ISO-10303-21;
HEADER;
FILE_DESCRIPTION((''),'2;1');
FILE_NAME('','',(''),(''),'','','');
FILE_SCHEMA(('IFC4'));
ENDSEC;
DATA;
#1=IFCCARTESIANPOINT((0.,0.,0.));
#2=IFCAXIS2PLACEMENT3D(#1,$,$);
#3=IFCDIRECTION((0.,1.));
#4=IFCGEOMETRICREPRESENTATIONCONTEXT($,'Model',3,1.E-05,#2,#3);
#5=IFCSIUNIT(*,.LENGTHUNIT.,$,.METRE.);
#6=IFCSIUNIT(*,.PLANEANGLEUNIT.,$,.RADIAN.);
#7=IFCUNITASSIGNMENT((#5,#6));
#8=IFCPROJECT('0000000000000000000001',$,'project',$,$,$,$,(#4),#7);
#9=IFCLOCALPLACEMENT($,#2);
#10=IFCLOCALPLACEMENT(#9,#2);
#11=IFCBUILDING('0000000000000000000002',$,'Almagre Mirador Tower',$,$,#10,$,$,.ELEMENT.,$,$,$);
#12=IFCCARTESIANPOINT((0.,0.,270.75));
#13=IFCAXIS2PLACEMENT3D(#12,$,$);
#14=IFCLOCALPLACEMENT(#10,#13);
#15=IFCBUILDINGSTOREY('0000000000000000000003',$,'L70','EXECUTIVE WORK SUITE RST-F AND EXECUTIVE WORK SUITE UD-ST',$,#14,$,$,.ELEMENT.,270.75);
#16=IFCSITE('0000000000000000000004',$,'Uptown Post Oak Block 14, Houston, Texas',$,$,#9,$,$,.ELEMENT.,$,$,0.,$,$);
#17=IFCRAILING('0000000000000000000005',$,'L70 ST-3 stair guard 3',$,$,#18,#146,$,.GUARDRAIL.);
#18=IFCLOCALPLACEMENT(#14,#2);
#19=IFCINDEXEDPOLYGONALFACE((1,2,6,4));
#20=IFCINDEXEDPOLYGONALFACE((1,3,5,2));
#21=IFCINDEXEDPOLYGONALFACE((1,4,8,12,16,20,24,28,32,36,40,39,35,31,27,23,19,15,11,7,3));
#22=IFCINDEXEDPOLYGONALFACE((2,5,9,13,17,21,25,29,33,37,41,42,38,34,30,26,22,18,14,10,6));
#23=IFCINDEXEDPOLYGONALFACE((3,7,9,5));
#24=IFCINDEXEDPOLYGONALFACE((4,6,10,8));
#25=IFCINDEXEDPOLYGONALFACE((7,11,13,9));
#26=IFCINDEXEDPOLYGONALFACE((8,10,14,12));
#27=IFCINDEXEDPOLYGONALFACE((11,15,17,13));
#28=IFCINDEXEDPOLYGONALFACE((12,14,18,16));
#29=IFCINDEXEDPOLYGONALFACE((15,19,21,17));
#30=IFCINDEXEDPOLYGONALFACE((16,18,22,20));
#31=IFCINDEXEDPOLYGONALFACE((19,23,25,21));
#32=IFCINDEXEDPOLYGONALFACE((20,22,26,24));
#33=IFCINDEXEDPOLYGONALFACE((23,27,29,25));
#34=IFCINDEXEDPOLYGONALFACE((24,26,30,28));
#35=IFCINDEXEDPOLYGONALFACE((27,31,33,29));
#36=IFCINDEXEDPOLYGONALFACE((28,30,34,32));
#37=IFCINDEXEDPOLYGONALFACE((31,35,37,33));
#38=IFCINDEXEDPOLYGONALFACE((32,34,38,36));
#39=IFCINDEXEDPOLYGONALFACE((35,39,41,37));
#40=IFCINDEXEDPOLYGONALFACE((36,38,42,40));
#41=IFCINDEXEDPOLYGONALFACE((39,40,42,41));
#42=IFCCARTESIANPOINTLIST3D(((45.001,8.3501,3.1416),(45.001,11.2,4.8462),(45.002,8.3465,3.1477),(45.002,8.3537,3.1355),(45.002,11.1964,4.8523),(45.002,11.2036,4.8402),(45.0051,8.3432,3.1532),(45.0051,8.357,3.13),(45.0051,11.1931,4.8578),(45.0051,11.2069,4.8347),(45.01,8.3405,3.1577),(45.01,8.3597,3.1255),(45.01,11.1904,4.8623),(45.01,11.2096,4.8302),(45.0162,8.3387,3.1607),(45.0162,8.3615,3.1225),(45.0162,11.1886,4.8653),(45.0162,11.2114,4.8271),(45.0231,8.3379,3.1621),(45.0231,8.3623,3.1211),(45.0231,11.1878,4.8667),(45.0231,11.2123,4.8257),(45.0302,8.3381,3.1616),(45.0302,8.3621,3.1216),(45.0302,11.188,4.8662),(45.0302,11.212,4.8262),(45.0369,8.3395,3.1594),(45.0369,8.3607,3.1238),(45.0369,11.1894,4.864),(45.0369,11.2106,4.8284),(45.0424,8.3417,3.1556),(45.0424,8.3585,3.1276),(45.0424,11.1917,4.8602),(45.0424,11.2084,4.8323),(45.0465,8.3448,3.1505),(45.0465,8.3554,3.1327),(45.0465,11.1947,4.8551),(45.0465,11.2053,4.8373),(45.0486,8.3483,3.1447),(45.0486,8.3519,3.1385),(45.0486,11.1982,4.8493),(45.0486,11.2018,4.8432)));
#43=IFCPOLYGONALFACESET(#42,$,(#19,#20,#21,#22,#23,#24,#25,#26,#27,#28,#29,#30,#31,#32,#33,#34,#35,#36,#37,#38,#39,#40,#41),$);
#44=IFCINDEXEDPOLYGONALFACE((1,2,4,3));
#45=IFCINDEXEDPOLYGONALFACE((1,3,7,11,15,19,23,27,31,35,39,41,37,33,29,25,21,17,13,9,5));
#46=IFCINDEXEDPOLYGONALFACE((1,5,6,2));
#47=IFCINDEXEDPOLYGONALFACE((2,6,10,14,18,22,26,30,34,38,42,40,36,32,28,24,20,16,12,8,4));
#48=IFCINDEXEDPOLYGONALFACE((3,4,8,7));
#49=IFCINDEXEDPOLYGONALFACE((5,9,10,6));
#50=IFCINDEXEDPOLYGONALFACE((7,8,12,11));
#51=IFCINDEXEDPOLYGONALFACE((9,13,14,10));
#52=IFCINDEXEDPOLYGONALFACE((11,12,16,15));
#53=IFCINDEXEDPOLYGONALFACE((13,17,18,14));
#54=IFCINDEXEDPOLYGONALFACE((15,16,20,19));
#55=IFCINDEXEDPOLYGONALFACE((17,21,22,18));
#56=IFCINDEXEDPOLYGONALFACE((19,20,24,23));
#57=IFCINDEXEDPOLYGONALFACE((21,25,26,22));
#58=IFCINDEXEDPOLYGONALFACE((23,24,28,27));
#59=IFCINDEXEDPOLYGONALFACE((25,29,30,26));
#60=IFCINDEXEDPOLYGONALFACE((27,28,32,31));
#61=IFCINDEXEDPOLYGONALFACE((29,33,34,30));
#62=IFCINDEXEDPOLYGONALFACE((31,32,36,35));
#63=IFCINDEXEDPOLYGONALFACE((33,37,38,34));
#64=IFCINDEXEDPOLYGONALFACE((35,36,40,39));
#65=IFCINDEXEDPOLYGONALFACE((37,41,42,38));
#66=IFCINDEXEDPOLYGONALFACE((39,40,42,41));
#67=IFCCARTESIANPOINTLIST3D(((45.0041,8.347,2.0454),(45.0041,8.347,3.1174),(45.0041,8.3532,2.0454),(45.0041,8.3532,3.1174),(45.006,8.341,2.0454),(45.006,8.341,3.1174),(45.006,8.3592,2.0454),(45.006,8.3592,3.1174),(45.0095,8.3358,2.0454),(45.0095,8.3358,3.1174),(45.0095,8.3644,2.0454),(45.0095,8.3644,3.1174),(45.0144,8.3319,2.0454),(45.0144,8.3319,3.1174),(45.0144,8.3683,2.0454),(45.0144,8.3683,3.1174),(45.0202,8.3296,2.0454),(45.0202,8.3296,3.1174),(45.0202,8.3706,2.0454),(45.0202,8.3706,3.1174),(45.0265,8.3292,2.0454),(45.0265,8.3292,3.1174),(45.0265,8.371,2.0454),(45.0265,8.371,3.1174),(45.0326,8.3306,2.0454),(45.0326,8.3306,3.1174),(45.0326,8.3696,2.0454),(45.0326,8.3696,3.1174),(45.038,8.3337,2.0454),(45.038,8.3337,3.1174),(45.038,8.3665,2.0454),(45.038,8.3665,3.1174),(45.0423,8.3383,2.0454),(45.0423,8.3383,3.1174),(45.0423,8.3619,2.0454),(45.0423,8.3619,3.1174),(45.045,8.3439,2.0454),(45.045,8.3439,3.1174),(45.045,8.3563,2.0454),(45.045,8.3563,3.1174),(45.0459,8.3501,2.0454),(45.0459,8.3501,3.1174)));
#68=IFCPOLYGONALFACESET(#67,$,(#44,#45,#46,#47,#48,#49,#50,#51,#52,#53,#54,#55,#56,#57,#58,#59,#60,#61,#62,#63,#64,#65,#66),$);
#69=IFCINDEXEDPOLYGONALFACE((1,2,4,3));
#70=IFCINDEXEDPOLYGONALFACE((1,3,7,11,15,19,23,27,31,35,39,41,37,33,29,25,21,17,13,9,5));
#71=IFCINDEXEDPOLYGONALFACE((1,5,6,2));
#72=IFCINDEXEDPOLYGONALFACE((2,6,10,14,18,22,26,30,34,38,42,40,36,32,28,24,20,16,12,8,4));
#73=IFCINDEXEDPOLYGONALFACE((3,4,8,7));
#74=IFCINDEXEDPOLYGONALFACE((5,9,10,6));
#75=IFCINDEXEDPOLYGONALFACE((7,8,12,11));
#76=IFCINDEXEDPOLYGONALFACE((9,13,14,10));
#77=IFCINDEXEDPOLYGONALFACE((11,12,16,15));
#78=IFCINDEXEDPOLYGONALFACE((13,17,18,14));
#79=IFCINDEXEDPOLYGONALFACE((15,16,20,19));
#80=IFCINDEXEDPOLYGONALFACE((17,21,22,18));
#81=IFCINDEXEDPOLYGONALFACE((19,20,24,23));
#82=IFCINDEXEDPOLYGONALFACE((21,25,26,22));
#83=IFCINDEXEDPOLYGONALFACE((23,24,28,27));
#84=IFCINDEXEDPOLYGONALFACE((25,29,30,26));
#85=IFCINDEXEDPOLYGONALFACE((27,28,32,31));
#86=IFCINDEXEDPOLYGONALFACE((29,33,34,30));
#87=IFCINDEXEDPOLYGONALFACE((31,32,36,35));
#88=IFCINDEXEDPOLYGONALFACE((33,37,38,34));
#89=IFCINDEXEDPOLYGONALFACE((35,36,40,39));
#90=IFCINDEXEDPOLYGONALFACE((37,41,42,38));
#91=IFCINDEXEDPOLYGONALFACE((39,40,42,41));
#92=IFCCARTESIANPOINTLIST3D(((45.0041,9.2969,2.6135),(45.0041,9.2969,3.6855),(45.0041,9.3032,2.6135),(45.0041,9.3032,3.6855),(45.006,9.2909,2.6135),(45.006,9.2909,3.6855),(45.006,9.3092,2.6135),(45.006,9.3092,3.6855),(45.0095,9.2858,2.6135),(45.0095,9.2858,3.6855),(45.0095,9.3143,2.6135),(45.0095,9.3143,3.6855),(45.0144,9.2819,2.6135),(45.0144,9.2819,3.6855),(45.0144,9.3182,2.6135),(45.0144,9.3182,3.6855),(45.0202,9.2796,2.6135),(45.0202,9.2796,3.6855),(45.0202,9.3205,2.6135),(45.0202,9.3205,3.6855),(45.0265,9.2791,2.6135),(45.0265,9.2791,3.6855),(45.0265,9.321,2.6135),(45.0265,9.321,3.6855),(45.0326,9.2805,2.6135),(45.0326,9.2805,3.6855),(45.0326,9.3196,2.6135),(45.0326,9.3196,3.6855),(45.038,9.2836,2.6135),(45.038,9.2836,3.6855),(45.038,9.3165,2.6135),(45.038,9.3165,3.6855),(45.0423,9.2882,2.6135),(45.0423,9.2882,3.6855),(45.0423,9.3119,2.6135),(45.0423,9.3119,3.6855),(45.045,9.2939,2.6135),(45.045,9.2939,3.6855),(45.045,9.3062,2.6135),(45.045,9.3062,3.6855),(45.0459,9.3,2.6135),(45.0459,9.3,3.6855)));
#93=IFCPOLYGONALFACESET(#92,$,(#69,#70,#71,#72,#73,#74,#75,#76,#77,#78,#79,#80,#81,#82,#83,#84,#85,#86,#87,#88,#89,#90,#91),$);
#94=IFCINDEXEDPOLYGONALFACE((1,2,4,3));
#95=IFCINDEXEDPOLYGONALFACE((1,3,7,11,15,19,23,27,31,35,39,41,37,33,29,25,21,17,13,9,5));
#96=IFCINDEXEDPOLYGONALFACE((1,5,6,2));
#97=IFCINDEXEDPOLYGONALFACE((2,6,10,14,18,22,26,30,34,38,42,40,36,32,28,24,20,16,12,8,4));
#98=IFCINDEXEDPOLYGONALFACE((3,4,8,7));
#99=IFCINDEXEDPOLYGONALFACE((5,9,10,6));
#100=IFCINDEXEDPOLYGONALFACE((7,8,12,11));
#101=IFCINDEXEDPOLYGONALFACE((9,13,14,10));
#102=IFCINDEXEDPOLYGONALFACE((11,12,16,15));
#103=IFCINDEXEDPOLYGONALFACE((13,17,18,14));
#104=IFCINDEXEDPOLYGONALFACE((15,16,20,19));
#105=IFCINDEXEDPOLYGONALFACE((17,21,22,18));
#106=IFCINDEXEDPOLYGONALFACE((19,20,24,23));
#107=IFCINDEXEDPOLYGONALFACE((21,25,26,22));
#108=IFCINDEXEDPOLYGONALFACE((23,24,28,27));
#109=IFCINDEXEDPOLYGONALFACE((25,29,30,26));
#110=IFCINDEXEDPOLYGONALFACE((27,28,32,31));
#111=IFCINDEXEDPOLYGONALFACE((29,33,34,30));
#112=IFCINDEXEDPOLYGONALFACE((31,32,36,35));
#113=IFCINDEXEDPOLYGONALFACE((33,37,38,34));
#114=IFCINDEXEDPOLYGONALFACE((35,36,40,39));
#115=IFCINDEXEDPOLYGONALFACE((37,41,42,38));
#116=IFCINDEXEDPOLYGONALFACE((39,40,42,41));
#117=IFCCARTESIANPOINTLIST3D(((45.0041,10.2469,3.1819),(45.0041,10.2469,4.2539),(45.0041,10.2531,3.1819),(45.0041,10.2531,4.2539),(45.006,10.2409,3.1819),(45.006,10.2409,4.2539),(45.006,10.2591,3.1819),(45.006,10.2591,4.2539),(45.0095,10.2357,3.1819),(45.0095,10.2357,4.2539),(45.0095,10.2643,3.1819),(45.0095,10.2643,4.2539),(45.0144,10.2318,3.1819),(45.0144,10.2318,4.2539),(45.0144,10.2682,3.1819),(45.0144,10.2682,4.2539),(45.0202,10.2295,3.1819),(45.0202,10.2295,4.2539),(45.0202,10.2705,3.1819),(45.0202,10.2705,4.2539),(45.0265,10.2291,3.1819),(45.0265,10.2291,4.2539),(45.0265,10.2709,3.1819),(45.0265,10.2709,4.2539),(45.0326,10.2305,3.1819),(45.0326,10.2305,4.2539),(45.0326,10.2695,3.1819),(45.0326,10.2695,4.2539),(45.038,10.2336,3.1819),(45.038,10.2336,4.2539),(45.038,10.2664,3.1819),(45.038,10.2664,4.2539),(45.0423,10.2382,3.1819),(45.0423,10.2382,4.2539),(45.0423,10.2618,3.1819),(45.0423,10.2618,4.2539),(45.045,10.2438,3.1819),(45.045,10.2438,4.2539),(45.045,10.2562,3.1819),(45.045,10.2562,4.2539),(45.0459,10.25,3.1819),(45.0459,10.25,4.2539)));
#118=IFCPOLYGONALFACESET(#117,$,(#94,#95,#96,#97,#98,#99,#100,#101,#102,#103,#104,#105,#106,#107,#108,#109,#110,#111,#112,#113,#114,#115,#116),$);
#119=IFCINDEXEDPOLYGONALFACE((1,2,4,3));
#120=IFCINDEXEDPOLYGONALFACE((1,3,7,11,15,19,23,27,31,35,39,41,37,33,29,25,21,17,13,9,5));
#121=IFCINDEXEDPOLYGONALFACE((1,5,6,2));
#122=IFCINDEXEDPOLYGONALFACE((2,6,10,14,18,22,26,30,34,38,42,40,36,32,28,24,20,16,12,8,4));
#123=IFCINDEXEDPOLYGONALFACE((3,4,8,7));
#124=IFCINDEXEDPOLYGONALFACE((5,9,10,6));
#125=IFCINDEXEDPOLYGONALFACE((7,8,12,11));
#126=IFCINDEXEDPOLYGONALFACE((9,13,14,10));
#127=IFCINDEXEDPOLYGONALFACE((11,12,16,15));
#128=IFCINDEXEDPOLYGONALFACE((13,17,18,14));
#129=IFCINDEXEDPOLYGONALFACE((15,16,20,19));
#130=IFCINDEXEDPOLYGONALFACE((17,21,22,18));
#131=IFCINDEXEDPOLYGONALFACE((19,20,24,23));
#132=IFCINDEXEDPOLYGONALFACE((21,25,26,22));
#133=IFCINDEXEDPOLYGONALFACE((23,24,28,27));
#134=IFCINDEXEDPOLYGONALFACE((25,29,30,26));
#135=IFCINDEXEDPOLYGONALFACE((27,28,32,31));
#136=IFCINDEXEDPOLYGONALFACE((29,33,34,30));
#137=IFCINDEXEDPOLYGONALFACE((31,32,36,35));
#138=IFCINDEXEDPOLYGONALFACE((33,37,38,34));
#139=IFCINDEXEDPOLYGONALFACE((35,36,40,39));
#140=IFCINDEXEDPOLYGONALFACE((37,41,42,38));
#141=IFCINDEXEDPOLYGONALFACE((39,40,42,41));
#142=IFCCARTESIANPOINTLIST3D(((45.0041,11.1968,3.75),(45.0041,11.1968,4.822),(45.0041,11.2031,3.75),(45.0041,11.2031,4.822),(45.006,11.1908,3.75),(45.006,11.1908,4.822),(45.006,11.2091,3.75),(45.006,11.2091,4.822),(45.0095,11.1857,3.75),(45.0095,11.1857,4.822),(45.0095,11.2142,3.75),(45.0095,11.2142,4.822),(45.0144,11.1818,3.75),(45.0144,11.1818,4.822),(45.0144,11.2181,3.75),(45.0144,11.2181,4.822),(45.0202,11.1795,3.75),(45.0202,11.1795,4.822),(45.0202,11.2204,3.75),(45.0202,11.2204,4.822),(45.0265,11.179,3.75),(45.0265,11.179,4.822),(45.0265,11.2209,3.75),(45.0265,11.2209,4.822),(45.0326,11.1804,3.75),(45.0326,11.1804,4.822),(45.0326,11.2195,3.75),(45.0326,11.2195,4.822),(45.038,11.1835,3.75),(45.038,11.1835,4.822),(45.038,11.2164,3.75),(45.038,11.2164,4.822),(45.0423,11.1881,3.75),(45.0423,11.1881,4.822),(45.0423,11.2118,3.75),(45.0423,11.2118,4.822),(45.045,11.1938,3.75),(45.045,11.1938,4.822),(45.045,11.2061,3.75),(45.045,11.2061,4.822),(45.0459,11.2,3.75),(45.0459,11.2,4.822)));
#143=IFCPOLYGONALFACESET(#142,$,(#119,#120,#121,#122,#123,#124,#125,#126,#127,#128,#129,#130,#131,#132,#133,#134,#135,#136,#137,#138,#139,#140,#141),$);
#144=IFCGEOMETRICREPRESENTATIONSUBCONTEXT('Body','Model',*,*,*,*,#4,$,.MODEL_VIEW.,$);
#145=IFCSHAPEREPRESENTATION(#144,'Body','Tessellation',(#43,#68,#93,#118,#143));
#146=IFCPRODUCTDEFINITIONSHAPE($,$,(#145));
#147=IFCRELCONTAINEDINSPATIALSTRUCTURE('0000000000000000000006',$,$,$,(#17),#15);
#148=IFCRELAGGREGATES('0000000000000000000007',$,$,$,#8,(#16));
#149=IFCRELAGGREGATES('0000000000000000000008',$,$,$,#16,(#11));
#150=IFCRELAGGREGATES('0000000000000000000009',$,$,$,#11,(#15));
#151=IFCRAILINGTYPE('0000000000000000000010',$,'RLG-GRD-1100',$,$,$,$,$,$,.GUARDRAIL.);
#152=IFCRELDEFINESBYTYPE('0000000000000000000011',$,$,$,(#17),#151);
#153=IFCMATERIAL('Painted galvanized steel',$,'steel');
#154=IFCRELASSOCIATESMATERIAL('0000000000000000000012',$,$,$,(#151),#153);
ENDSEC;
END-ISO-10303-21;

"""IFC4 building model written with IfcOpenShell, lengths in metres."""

from ifc_helpers import new_model, si_unit, direction, frame, origin, origin_2d, place, context, subcontext, project, spatial, circle, extrude, material, type_object, element, save


model = new_model("IFC4")

# Units and contexts
model_context = context("Model", 3, precision=1e-05, world=origin(), true_north=direction((0.0, 1.0)))
body_context = subcontext(model_context, "Body", "Model", "MODEL_VIEW")
ifc_project = project(units=[si_unit("LENGTHUNIT", "METRE"), si_unit("PLANEANGLEUNIT", "RADIAN")], contexts=[model_context])

# Site, building, storey
site_placement = place(None, origin())
site = spatial("IfcSite", under=ifc_project, at=site_placement, Name="Uptown Post Oak Block 14, Houston, Texas", CompositionType="ELEMENT", RefElevation=0.0)
building_placement = place(site_placement, origin())
building = spatial("IfcBuilding", under=site, at=building_placement, Name="Almagre Mirador Tower", CompositionType="ELEMENT")
storey_placement = place(building_placement, frame((0.0, 0.0, 270.75)))
storey = spatial("IfcBuildingStorey", under=building, at=storey_placement, Name="L70", Description="EXECUTIVE WORK SUITE RST-F AND EXECUTIVE WORK SUITE UD-ST", CompositionType="ELEMENT", Elevation=270.75)

# Railing
ifc_material_1 = material(Name="Painted galvanized steel", Category="steel")
railing_type_1 = type_object("IfcRailingType", Name="RLG-GRD-1100", PredefinedType="GUARDRAIL", material=ifc_material_1)
railing_1_placement = place(storey_placement, frame((45.0249, 8.3501, 2.0454)))
element("IfcRailing", 1, at=railing_1_placement, inside=storey, type_object=railing_type_1, Name="L70 ST-3 stair guard 3", PredefinedType="GUARDRAIL", context=body_context, shape_type="SweptSolid", body=[
    extrude(circle(Radius=0.0239, at=origin_2d()), frame((0.0, 0.0, 1.0962), z_axis=(0.0, 0.858199, 0.513317), x_axis=(-1.0, 0.0, 0.0)), (0.0, 0.0, 1.0), 3.3208),
    extrude(circle(Radius=0.021, at=origin_2d()), origin(), (0.0, 0.0, 1.0), 1.072),
    extrude(circle(Radius=0.021, at=origin_2d()), frame((0.0, 0.95, 0.5681)), (0.0, 0.0, 1.0), 1.072),
    extrude(circle(Radius=0.021, at=origin_2d()), frame((0.0, 1.8999, 1.1365)), (0.0, 0.0, 1.0), 1.072),
    extrude(circle(Radius=0.021, at=origin_2d()), frame((0.0, 2.8499, 1.7046)), (0.0, 0.0, 1.0), 1.072),
])

save(model, "model.ifc")
